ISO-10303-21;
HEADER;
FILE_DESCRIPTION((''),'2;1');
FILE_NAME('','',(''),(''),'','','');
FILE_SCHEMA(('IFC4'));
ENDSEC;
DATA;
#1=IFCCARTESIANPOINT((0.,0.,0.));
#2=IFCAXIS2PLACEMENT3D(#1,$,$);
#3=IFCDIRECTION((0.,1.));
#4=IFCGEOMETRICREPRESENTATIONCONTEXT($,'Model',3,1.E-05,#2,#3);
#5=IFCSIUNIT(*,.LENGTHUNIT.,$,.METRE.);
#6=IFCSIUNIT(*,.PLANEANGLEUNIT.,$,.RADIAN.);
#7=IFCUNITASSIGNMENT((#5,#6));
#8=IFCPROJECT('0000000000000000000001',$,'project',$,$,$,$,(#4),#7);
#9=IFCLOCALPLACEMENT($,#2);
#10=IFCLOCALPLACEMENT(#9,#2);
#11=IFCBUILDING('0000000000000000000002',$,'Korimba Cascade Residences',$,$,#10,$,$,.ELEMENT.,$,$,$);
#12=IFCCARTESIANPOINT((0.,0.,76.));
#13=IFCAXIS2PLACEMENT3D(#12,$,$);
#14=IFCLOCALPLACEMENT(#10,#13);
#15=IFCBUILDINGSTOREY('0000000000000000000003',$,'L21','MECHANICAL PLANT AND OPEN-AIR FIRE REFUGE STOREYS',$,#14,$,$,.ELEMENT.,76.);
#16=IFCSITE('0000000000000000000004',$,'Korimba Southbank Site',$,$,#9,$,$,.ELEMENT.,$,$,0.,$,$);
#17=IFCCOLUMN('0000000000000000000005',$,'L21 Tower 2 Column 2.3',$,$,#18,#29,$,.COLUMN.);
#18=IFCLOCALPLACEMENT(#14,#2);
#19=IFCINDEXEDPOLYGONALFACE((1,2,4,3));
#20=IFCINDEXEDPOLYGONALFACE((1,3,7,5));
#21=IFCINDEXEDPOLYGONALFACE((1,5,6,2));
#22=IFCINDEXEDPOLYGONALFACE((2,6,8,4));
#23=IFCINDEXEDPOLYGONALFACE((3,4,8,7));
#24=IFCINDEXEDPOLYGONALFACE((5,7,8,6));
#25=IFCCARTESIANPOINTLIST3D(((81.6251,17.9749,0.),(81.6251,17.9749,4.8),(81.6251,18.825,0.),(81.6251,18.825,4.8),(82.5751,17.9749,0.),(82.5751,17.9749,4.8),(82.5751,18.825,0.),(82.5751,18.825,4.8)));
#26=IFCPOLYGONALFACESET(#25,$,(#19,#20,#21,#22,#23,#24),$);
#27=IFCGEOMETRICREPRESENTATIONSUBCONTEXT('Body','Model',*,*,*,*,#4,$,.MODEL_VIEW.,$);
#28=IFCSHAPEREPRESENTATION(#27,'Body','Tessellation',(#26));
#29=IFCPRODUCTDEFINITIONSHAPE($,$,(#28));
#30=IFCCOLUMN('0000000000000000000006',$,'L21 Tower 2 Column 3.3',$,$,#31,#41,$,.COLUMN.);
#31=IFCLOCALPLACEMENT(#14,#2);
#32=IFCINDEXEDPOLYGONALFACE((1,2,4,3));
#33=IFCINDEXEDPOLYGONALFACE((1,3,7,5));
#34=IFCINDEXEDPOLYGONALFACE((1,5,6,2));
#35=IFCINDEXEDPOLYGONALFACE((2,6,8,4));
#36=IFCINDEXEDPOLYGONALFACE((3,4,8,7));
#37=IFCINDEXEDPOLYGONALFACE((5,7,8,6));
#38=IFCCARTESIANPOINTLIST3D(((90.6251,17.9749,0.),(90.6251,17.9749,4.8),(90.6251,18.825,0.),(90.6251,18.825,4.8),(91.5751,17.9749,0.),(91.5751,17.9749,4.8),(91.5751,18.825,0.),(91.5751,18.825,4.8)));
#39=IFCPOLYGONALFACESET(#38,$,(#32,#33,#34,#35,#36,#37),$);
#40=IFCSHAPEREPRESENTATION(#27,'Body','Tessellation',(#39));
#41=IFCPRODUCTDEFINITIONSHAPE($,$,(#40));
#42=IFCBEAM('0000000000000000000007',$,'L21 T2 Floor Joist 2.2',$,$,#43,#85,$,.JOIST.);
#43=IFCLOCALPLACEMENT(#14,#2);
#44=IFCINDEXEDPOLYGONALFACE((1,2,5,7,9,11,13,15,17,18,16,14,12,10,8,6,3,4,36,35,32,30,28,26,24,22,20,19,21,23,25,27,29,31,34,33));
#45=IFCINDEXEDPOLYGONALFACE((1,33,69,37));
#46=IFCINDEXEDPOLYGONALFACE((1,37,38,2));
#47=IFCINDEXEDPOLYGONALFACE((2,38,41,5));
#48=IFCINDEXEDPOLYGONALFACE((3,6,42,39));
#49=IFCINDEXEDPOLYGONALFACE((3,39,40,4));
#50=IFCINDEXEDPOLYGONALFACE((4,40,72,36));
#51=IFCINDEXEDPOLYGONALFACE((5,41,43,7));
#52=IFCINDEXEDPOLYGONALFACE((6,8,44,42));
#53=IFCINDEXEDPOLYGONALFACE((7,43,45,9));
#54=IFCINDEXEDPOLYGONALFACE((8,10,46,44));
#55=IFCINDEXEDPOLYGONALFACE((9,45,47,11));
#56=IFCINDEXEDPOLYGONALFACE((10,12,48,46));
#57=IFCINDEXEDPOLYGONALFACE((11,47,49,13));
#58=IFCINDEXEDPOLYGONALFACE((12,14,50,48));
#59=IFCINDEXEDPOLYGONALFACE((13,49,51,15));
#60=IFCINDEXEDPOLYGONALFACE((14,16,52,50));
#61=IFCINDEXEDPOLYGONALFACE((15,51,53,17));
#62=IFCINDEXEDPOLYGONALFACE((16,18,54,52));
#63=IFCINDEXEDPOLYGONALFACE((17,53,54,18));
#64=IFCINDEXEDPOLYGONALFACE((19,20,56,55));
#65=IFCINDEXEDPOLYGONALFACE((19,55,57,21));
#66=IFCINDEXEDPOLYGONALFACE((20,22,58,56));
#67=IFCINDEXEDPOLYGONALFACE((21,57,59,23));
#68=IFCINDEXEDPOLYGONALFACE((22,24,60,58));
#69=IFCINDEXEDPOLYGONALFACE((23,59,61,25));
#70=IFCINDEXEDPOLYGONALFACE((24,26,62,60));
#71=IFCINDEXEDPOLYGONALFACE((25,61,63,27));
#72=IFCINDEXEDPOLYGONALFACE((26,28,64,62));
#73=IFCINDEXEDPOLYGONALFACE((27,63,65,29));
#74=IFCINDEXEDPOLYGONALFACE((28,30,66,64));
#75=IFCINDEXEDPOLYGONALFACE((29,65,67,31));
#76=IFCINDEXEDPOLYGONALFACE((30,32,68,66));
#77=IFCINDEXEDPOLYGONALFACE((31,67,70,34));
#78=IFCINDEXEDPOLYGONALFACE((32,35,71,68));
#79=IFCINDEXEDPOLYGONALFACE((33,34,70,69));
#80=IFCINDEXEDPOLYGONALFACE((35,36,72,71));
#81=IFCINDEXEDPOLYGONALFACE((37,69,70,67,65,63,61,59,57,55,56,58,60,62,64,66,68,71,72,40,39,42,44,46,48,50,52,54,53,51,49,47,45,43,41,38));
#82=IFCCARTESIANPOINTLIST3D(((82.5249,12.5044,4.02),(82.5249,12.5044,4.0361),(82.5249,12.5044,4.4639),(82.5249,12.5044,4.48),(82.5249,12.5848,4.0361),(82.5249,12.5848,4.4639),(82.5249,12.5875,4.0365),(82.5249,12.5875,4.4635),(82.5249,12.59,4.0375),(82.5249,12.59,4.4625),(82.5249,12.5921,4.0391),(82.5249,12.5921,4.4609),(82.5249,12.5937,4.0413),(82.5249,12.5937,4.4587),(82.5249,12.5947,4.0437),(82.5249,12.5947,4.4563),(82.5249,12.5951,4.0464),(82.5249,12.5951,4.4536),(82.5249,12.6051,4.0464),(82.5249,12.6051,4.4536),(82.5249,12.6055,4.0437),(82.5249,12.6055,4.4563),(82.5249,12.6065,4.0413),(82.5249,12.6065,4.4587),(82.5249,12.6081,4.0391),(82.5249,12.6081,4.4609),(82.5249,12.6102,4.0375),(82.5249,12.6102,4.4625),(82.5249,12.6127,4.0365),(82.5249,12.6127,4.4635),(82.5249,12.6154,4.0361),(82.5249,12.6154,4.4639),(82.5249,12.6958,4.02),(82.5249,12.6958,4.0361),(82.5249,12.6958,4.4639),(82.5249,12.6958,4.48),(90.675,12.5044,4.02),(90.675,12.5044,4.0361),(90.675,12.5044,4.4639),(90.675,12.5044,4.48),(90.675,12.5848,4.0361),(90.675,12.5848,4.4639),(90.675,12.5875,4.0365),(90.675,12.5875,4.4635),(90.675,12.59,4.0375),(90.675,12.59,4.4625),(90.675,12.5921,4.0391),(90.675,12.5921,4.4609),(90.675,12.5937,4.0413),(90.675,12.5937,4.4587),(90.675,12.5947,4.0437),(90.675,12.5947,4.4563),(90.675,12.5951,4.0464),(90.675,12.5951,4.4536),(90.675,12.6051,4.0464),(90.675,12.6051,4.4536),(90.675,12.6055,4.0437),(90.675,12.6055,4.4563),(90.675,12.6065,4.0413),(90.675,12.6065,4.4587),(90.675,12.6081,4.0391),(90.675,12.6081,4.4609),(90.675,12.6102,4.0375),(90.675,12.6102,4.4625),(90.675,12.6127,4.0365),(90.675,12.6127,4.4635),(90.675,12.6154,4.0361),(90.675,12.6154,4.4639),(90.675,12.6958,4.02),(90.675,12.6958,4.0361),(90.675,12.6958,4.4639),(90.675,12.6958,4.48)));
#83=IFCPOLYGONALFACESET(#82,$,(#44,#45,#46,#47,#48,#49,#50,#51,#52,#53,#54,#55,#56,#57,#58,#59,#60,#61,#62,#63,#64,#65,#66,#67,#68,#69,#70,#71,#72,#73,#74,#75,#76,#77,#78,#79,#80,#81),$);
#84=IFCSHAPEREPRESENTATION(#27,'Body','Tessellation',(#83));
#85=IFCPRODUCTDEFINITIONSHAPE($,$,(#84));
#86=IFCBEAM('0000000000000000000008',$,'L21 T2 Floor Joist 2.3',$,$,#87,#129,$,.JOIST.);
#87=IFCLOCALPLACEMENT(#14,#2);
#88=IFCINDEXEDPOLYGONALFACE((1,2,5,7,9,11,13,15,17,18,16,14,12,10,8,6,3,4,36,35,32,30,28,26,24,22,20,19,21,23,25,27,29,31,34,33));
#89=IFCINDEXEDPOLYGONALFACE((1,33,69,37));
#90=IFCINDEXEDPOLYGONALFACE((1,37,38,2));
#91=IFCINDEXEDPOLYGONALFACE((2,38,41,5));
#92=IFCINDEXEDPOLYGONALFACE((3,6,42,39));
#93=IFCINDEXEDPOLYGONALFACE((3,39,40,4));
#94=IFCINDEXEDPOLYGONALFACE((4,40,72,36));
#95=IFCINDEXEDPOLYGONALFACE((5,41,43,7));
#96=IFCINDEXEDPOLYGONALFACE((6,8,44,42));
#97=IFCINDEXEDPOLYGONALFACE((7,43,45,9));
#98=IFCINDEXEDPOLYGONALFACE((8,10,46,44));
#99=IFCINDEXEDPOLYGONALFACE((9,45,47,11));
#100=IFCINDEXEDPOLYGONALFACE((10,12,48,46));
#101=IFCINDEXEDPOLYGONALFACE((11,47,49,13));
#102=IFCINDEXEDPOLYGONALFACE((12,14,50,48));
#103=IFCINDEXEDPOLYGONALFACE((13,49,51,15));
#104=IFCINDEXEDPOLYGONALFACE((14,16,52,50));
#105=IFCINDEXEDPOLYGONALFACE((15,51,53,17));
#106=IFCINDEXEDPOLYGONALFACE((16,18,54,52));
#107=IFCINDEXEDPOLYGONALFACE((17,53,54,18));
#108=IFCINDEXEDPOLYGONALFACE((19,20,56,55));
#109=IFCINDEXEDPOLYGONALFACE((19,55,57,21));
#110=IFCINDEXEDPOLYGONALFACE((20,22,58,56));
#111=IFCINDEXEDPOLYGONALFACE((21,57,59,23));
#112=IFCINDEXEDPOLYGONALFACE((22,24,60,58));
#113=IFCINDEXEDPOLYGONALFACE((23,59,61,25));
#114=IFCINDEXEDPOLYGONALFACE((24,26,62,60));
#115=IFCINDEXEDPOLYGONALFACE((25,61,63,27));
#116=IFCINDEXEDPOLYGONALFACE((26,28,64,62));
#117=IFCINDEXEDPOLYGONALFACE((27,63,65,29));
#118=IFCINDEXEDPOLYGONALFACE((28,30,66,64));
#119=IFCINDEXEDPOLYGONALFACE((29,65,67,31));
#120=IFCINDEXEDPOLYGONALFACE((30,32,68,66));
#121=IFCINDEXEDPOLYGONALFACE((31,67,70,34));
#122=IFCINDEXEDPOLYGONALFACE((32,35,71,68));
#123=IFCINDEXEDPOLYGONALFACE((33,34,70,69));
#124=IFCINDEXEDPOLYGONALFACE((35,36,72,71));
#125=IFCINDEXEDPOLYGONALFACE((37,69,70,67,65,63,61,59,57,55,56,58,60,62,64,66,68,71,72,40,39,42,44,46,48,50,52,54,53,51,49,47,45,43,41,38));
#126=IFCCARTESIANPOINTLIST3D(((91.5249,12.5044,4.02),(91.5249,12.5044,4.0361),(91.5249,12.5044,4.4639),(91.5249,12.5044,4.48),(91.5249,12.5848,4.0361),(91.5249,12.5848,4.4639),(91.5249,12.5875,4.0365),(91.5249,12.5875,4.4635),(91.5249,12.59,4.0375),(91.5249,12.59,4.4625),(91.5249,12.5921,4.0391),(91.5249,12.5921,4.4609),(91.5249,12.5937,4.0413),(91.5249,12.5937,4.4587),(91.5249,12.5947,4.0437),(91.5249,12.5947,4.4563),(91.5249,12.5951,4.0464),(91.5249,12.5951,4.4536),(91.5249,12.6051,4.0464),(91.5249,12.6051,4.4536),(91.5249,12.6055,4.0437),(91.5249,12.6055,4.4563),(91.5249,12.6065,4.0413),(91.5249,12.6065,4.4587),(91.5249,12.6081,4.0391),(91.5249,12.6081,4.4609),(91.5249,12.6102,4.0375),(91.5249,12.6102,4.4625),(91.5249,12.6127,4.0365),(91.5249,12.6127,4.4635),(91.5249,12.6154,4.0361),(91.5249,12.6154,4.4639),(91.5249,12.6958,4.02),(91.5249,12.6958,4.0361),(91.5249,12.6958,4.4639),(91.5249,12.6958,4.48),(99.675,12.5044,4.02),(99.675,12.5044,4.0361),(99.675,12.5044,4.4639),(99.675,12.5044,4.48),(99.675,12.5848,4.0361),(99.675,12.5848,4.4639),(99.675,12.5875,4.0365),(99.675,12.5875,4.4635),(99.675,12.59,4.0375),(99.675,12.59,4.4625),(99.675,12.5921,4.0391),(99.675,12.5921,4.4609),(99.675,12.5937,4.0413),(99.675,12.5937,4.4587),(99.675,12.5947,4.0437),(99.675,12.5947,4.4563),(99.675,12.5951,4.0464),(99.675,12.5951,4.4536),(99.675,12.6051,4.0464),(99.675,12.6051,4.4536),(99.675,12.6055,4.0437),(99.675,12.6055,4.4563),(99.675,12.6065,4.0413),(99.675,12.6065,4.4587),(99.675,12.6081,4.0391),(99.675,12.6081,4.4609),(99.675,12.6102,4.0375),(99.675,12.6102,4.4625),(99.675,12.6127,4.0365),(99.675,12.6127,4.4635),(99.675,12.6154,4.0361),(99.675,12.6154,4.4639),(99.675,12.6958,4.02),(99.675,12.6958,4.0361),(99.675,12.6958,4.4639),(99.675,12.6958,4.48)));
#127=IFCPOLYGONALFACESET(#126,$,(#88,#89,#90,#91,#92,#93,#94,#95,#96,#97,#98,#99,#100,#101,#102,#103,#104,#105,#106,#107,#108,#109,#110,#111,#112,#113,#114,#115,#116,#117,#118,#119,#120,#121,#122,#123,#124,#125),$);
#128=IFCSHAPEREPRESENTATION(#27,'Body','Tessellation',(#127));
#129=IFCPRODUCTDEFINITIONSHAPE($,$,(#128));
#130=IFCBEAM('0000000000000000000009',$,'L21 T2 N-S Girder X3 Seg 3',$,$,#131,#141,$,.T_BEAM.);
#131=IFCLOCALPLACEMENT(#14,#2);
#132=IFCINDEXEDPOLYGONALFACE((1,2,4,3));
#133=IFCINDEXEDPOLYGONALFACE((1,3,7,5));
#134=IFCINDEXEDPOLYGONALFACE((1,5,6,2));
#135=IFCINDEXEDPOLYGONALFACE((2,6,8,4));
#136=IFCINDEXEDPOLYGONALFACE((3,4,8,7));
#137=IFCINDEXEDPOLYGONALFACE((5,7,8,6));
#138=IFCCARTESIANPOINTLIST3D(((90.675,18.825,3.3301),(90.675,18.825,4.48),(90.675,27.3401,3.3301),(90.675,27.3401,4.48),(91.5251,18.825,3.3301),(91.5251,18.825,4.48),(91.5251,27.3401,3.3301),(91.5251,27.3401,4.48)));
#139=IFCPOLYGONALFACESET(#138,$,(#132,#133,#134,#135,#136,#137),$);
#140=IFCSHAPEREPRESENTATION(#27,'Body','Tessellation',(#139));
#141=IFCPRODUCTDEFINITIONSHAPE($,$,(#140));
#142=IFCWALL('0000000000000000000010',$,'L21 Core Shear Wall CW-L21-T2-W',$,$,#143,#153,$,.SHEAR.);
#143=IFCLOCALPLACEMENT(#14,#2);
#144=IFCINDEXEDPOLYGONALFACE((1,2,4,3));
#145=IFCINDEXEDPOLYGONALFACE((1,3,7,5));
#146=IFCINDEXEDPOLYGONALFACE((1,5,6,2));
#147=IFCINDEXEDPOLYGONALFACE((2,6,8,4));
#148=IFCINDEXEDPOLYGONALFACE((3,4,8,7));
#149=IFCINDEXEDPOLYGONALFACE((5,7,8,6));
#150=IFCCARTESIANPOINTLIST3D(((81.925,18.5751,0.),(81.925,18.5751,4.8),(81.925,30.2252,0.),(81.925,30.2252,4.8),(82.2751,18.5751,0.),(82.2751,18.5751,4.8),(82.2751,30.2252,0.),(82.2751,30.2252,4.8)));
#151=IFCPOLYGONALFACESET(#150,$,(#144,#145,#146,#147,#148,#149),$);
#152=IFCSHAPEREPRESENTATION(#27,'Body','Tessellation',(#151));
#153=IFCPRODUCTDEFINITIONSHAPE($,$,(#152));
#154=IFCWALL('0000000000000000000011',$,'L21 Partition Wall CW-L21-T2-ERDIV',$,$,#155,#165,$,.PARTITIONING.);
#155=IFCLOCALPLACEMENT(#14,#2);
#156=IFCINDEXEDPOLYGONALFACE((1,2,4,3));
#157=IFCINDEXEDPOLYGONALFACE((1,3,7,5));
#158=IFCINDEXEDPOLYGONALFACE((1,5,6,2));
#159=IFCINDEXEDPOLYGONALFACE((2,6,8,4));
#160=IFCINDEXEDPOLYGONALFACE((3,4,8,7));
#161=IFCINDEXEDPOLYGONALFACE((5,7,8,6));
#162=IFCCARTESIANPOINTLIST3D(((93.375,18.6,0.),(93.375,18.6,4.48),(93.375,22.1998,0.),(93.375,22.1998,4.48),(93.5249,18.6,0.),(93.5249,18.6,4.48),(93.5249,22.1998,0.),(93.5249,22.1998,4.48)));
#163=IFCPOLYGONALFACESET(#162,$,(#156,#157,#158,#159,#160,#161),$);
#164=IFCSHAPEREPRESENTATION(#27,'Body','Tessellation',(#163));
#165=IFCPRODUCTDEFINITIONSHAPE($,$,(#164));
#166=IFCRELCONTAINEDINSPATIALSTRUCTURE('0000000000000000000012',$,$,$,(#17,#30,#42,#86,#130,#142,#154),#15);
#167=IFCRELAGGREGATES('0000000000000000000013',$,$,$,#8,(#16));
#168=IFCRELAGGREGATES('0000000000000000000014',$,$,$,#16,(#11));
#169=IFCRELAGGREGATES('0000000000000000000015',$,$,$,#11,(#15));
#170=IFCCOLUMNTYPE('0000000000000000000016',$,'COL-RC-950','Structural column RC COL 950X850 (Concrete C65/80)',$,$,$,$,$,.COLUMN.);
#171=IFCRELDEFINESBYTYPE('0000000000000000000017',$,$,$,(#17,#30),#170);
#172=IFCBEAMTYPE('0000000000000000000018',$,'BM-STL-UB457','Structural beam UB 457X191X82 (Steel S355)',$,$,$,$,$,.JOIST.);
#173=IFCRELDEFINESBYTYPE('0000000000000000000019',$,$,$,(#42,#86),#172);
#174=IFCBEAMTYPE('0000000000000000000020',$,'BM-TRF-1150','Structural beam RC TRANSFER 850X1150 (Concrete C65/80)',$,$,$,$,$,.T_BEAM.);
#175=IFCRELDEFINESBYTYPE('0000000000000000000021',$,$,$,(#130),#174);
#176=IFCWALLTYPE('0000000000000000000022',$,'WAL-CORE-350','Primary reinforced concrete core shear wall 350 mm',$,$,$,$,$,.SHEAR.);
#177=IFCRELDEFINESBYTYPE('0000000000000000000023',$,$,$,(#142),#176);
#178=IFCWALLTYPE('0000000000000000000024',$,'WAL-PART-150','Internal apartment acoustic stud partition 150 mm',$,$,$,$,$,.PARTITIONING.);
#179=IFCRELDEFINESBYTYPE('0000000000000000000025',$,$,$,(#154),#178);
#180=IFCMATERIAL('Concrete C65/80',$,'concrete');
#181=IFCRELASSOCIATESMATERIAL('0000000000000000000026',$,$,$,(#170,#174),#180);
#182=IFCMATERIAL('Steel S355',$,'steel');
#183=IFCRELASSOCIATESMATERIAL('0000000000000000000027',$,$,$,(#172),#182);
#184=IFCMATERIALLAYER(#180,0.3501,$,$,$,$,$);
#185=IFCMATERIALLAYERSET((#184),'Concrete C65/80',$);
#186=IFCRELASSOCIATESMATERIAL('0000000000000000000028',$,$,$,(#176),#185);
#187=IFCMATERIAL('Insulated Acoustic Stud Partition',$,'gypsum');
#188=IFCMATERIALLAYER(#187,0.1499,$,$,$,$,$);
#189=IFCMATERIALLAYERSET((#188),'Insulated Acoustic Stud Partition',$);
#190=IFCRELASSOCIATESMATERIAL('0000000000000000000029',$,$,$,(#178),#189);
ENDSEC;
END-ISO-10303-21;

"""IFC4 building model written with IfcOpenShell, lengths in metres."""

from ifc_helpers import new_model, si_unit, direction, frame, frame_2d, origin, origin_2d, place, context, subcontext, project, spatial, rectangle, i_section, extrude, material, layer, layer_set, material_profile, profile_set, type_object, element, save


model = new_model("IFC4")

# Units and contexts
model_context = context("Model", 3, precision=1e-05, world=origin(), true_north=direction((0.0, 1.0)))
body_context = subcontext(model_context, "Body", "Model", "MODEL_VIEW")
ifc_project = project(units=[si_unit("LENGTHUNIT", "METRE"), si_unit("PLANEANGLEUNIT", "RADIAN")], contexts=[model_context])

# Site, building, storey
site_placement = place(None, origin())
site = spatial("IfcSite", under=ifc_project, at=site_placement, Name="Korimba Southbank Site", CompositionType="ELEMENT", RefElevation=0.0)
building_placement = place(site_placement, origin())
building = spatial("IfcBuilding", under=site, at=building_placement, Name="Korimba Cascade Residences", CompositionType="ELEMENT")
storey_placement = place(building_placement, frame((0.0, 0.0, 76.0)))
storey = spatial("IfcBuildingStorey", under=building, at=storey_placement, Name="L21", Description="MECHANICAL PLANT AND OPEN-AIR FIRE REFUGE STOREYS", CompositionType="ELEMENT", Elevation=76.0)

# Columns
ifc_material_1 = material(Name="Concrete C65/80", Category="concrete")
ifc_material_profile_1 = material_profile(ifc_material_1, rectangle(XDim=0.95, YDim=0.8501, at=origin_2d()), Name="Concrete C65/80")
ifc_profile_set_1 = profile_set([ifc_material_profile_1], Name="Concrete C65/80")
column_type = type_object("IfcColumnType", Name="COL-RC-950", Description="Structural column RC COL 950X850 (Concrete C65/80)", PredefinedType="COLUMN", material=ifc_profile_set_1)
for number, where, z_axis, x_axis, name in (
    (1, (82.1001, 18.3999, 0.0), (0.0, 0.0, 1.0), (1.0, 0.0, 0.0), "L21 Tower 2 Column 2.3"),
    (2, (91.1001, 18.3999, 0.0), (0.0, 0.0, 1.0), (1.0, 0.0, 0.0), "L21 Tower 2 Column 3.3"),
):
    element("IfcColumn", number, at=place(storey_placement, frame(where, z_axis=z_axis, x_axis=x_axis)), inside=storey, type_object=column_type, Name=name, PredefinedType="COLUMN", context=body_context, shape_type="SweptSolid", body=[
        extrude(rectangle(XDim=0.95, YDim=0.8501, at=origin_2d()), origin(), (0.0, 0.0, 1.0), 4.8),
    ])

# Beams
ifc_material_2 = material(Name="Steel S355", Category="steel")
ifc_material_profile_2 = material_profile(ifc_material_2, i_section(OverallWidth=0.1914, OverallDepth=0.46, WebThickness=0.01, FlangeThickness=0.0161, FilletRadius=0.0103, at=origin_2d()), Name="Steel S355")
ifc_profile_set_2 = profile_set([ifc_material_profile_2], Name="Steel S355")
beam_type_1 = type_object("IfcBeamType", Name="BM-STL-UB457", Description="Structural beam UB 457X191X82 (Steel S355)", PredefinedType="JOIST", material=ifc_profile_set_2)
for number, where, z_axis, x_axis, name in (
    (3, (82.5249, 12.6001, 4.25), (1.0, 0.0, 0.0), (0.0, 1.0, 0.0), "L21 T2 Floor Joist 2.2"),
    (4, (91.5249, 12.6001, 4.25), (1.0, 0.0, 0.0), (0.0, 1.0, 0.0), "L21 T2 Floor Joist 2.3"),
):
    element("IfcBeam", number, at=place(storey_placement, frame(where, z_axis=z_axis, x_axis=x_axis)), inside=storey, type_object=beam_type_1, Name=name, PredefinedType="JOIST", context=body_context, shape_type="SweptSolid", body=[
        extrude(i_section(OverallWidth=0.1914, OverallDepth=0.46, WebThickness=0.01, FlangeThickness=0.0161, FilletRadius=0.0103, at=origin_2d()), origin(), (0.0, 0.0, 1.0), 8.1501),
    ])
ifc_material_profile_3 = material_profile(ifc_material_1, rectangle(XDim=0.8501, YDim=1.1499, at=origin_2d()), Name="Concrete C65/80")
ifc_profile_set_3 = profile_set([ifc_material_profile_3], Name="Concrete C65/80")
beam_type_2 = type_object("IfcBeamType", Name="BM-TRF-1150", Description="Structural beam RC TRANSFER 850X1150 (Concrete C65/80)", PredefinedType="T_BEAM", material=ifc_profile_set_3)
beam_placement = place(storey_placement, frame((91.1001, 18.825, 3.905), z_axis=(0.0, 1.0, 0.0), x_axis=(-1.0, 0.0, 0.0)))
element("IfcBeam", 5, at=beam_placement, inside=storey, type_object=beam_type_2, Name="L21 T2 N-S Girder X3 Seg 3", PredefinedType="T_BEAM", context=body_context, shape_type="SweptSolid", body=[
    extrude(rectangle(XDim=0.8501, YDim=1.1499, at=origin_2d()), origin(), (0.0, 0.0, 1.0), 8.5151),
])

# Walls
ifc_layer_1 = layer(ifc_material_1, 0.3501)
ifc_layer_set_1 = layer_set([ifc_layer_1], Name="Concrete C65/80")
wall_type_1 = type_object("IfcWallType", Name="WAL-CORE-350", Description="Primary reinforced concrete core shear wall 350 mm", PredefinedType="SHEAR", material=ifc_layer_set_1)
wall_1_placement = place(storey_placement, frame((82.1001, 18.575, 0.0), z_axis=(0.0, 0.0, 1.0), x_axis=(0.0, 1.0, 0.0)))
element("IfcWall", 6, at=wall_1_placement, inside=storey, type_object=wall_type_1, Name="L21 Core Shear Wall CW-L21-T2-W", PredefinedType="SHEAR", context=body_context, shape_type="SweptSolid", body=[
    extrude(rectangle(XDim=11.6501, YDim=0.3501, at=frame_2d((5.8252, 0.0))), origin(), (0.0, 0.0, 1.0), 4.8),
])
ifc_material_3 = material(Name="Insulated Acoustic Stud Partition", Category="gypsum")
ifc_layer_2 = layer(ifc_material_3, 0.1499)
ifc_layer_set_2 = layer_set([ifc_layer_2], Name="Insulated Acoustic Stud Partition")
wall_type_2 = type_object("IfcWallType", Name="WAL-PART-150", Description="Internal apartment acoustic stud partition 150 mm", PredefinedType="PARTITIONING", material=ifc_layer_set_2)
wall_2_placement = place(storey_placement, frame((93.45, 18.6001, 0.0), z_axis=(0.0, 0.0, 1.0), x_axis=(0.0, 1.0, 0.0)))
element("IfcWall", 7, at=wall_2_placement, inside=storey, type_object=wall_type_2, Name="L21 Partition Wall CW-L21-T2-ERDIV", PredefinedType="PARTITIONING", context=body_context, shape_type="SweptSolid", body=[
    extrude(rectangle(XDim=3.5999, YDim=0.1499, at=frame_2d((1.7998, 0.0))), origin(), (0.0, 0.0, 1.0), 4.48),
])

save(model, "model.ifc")
